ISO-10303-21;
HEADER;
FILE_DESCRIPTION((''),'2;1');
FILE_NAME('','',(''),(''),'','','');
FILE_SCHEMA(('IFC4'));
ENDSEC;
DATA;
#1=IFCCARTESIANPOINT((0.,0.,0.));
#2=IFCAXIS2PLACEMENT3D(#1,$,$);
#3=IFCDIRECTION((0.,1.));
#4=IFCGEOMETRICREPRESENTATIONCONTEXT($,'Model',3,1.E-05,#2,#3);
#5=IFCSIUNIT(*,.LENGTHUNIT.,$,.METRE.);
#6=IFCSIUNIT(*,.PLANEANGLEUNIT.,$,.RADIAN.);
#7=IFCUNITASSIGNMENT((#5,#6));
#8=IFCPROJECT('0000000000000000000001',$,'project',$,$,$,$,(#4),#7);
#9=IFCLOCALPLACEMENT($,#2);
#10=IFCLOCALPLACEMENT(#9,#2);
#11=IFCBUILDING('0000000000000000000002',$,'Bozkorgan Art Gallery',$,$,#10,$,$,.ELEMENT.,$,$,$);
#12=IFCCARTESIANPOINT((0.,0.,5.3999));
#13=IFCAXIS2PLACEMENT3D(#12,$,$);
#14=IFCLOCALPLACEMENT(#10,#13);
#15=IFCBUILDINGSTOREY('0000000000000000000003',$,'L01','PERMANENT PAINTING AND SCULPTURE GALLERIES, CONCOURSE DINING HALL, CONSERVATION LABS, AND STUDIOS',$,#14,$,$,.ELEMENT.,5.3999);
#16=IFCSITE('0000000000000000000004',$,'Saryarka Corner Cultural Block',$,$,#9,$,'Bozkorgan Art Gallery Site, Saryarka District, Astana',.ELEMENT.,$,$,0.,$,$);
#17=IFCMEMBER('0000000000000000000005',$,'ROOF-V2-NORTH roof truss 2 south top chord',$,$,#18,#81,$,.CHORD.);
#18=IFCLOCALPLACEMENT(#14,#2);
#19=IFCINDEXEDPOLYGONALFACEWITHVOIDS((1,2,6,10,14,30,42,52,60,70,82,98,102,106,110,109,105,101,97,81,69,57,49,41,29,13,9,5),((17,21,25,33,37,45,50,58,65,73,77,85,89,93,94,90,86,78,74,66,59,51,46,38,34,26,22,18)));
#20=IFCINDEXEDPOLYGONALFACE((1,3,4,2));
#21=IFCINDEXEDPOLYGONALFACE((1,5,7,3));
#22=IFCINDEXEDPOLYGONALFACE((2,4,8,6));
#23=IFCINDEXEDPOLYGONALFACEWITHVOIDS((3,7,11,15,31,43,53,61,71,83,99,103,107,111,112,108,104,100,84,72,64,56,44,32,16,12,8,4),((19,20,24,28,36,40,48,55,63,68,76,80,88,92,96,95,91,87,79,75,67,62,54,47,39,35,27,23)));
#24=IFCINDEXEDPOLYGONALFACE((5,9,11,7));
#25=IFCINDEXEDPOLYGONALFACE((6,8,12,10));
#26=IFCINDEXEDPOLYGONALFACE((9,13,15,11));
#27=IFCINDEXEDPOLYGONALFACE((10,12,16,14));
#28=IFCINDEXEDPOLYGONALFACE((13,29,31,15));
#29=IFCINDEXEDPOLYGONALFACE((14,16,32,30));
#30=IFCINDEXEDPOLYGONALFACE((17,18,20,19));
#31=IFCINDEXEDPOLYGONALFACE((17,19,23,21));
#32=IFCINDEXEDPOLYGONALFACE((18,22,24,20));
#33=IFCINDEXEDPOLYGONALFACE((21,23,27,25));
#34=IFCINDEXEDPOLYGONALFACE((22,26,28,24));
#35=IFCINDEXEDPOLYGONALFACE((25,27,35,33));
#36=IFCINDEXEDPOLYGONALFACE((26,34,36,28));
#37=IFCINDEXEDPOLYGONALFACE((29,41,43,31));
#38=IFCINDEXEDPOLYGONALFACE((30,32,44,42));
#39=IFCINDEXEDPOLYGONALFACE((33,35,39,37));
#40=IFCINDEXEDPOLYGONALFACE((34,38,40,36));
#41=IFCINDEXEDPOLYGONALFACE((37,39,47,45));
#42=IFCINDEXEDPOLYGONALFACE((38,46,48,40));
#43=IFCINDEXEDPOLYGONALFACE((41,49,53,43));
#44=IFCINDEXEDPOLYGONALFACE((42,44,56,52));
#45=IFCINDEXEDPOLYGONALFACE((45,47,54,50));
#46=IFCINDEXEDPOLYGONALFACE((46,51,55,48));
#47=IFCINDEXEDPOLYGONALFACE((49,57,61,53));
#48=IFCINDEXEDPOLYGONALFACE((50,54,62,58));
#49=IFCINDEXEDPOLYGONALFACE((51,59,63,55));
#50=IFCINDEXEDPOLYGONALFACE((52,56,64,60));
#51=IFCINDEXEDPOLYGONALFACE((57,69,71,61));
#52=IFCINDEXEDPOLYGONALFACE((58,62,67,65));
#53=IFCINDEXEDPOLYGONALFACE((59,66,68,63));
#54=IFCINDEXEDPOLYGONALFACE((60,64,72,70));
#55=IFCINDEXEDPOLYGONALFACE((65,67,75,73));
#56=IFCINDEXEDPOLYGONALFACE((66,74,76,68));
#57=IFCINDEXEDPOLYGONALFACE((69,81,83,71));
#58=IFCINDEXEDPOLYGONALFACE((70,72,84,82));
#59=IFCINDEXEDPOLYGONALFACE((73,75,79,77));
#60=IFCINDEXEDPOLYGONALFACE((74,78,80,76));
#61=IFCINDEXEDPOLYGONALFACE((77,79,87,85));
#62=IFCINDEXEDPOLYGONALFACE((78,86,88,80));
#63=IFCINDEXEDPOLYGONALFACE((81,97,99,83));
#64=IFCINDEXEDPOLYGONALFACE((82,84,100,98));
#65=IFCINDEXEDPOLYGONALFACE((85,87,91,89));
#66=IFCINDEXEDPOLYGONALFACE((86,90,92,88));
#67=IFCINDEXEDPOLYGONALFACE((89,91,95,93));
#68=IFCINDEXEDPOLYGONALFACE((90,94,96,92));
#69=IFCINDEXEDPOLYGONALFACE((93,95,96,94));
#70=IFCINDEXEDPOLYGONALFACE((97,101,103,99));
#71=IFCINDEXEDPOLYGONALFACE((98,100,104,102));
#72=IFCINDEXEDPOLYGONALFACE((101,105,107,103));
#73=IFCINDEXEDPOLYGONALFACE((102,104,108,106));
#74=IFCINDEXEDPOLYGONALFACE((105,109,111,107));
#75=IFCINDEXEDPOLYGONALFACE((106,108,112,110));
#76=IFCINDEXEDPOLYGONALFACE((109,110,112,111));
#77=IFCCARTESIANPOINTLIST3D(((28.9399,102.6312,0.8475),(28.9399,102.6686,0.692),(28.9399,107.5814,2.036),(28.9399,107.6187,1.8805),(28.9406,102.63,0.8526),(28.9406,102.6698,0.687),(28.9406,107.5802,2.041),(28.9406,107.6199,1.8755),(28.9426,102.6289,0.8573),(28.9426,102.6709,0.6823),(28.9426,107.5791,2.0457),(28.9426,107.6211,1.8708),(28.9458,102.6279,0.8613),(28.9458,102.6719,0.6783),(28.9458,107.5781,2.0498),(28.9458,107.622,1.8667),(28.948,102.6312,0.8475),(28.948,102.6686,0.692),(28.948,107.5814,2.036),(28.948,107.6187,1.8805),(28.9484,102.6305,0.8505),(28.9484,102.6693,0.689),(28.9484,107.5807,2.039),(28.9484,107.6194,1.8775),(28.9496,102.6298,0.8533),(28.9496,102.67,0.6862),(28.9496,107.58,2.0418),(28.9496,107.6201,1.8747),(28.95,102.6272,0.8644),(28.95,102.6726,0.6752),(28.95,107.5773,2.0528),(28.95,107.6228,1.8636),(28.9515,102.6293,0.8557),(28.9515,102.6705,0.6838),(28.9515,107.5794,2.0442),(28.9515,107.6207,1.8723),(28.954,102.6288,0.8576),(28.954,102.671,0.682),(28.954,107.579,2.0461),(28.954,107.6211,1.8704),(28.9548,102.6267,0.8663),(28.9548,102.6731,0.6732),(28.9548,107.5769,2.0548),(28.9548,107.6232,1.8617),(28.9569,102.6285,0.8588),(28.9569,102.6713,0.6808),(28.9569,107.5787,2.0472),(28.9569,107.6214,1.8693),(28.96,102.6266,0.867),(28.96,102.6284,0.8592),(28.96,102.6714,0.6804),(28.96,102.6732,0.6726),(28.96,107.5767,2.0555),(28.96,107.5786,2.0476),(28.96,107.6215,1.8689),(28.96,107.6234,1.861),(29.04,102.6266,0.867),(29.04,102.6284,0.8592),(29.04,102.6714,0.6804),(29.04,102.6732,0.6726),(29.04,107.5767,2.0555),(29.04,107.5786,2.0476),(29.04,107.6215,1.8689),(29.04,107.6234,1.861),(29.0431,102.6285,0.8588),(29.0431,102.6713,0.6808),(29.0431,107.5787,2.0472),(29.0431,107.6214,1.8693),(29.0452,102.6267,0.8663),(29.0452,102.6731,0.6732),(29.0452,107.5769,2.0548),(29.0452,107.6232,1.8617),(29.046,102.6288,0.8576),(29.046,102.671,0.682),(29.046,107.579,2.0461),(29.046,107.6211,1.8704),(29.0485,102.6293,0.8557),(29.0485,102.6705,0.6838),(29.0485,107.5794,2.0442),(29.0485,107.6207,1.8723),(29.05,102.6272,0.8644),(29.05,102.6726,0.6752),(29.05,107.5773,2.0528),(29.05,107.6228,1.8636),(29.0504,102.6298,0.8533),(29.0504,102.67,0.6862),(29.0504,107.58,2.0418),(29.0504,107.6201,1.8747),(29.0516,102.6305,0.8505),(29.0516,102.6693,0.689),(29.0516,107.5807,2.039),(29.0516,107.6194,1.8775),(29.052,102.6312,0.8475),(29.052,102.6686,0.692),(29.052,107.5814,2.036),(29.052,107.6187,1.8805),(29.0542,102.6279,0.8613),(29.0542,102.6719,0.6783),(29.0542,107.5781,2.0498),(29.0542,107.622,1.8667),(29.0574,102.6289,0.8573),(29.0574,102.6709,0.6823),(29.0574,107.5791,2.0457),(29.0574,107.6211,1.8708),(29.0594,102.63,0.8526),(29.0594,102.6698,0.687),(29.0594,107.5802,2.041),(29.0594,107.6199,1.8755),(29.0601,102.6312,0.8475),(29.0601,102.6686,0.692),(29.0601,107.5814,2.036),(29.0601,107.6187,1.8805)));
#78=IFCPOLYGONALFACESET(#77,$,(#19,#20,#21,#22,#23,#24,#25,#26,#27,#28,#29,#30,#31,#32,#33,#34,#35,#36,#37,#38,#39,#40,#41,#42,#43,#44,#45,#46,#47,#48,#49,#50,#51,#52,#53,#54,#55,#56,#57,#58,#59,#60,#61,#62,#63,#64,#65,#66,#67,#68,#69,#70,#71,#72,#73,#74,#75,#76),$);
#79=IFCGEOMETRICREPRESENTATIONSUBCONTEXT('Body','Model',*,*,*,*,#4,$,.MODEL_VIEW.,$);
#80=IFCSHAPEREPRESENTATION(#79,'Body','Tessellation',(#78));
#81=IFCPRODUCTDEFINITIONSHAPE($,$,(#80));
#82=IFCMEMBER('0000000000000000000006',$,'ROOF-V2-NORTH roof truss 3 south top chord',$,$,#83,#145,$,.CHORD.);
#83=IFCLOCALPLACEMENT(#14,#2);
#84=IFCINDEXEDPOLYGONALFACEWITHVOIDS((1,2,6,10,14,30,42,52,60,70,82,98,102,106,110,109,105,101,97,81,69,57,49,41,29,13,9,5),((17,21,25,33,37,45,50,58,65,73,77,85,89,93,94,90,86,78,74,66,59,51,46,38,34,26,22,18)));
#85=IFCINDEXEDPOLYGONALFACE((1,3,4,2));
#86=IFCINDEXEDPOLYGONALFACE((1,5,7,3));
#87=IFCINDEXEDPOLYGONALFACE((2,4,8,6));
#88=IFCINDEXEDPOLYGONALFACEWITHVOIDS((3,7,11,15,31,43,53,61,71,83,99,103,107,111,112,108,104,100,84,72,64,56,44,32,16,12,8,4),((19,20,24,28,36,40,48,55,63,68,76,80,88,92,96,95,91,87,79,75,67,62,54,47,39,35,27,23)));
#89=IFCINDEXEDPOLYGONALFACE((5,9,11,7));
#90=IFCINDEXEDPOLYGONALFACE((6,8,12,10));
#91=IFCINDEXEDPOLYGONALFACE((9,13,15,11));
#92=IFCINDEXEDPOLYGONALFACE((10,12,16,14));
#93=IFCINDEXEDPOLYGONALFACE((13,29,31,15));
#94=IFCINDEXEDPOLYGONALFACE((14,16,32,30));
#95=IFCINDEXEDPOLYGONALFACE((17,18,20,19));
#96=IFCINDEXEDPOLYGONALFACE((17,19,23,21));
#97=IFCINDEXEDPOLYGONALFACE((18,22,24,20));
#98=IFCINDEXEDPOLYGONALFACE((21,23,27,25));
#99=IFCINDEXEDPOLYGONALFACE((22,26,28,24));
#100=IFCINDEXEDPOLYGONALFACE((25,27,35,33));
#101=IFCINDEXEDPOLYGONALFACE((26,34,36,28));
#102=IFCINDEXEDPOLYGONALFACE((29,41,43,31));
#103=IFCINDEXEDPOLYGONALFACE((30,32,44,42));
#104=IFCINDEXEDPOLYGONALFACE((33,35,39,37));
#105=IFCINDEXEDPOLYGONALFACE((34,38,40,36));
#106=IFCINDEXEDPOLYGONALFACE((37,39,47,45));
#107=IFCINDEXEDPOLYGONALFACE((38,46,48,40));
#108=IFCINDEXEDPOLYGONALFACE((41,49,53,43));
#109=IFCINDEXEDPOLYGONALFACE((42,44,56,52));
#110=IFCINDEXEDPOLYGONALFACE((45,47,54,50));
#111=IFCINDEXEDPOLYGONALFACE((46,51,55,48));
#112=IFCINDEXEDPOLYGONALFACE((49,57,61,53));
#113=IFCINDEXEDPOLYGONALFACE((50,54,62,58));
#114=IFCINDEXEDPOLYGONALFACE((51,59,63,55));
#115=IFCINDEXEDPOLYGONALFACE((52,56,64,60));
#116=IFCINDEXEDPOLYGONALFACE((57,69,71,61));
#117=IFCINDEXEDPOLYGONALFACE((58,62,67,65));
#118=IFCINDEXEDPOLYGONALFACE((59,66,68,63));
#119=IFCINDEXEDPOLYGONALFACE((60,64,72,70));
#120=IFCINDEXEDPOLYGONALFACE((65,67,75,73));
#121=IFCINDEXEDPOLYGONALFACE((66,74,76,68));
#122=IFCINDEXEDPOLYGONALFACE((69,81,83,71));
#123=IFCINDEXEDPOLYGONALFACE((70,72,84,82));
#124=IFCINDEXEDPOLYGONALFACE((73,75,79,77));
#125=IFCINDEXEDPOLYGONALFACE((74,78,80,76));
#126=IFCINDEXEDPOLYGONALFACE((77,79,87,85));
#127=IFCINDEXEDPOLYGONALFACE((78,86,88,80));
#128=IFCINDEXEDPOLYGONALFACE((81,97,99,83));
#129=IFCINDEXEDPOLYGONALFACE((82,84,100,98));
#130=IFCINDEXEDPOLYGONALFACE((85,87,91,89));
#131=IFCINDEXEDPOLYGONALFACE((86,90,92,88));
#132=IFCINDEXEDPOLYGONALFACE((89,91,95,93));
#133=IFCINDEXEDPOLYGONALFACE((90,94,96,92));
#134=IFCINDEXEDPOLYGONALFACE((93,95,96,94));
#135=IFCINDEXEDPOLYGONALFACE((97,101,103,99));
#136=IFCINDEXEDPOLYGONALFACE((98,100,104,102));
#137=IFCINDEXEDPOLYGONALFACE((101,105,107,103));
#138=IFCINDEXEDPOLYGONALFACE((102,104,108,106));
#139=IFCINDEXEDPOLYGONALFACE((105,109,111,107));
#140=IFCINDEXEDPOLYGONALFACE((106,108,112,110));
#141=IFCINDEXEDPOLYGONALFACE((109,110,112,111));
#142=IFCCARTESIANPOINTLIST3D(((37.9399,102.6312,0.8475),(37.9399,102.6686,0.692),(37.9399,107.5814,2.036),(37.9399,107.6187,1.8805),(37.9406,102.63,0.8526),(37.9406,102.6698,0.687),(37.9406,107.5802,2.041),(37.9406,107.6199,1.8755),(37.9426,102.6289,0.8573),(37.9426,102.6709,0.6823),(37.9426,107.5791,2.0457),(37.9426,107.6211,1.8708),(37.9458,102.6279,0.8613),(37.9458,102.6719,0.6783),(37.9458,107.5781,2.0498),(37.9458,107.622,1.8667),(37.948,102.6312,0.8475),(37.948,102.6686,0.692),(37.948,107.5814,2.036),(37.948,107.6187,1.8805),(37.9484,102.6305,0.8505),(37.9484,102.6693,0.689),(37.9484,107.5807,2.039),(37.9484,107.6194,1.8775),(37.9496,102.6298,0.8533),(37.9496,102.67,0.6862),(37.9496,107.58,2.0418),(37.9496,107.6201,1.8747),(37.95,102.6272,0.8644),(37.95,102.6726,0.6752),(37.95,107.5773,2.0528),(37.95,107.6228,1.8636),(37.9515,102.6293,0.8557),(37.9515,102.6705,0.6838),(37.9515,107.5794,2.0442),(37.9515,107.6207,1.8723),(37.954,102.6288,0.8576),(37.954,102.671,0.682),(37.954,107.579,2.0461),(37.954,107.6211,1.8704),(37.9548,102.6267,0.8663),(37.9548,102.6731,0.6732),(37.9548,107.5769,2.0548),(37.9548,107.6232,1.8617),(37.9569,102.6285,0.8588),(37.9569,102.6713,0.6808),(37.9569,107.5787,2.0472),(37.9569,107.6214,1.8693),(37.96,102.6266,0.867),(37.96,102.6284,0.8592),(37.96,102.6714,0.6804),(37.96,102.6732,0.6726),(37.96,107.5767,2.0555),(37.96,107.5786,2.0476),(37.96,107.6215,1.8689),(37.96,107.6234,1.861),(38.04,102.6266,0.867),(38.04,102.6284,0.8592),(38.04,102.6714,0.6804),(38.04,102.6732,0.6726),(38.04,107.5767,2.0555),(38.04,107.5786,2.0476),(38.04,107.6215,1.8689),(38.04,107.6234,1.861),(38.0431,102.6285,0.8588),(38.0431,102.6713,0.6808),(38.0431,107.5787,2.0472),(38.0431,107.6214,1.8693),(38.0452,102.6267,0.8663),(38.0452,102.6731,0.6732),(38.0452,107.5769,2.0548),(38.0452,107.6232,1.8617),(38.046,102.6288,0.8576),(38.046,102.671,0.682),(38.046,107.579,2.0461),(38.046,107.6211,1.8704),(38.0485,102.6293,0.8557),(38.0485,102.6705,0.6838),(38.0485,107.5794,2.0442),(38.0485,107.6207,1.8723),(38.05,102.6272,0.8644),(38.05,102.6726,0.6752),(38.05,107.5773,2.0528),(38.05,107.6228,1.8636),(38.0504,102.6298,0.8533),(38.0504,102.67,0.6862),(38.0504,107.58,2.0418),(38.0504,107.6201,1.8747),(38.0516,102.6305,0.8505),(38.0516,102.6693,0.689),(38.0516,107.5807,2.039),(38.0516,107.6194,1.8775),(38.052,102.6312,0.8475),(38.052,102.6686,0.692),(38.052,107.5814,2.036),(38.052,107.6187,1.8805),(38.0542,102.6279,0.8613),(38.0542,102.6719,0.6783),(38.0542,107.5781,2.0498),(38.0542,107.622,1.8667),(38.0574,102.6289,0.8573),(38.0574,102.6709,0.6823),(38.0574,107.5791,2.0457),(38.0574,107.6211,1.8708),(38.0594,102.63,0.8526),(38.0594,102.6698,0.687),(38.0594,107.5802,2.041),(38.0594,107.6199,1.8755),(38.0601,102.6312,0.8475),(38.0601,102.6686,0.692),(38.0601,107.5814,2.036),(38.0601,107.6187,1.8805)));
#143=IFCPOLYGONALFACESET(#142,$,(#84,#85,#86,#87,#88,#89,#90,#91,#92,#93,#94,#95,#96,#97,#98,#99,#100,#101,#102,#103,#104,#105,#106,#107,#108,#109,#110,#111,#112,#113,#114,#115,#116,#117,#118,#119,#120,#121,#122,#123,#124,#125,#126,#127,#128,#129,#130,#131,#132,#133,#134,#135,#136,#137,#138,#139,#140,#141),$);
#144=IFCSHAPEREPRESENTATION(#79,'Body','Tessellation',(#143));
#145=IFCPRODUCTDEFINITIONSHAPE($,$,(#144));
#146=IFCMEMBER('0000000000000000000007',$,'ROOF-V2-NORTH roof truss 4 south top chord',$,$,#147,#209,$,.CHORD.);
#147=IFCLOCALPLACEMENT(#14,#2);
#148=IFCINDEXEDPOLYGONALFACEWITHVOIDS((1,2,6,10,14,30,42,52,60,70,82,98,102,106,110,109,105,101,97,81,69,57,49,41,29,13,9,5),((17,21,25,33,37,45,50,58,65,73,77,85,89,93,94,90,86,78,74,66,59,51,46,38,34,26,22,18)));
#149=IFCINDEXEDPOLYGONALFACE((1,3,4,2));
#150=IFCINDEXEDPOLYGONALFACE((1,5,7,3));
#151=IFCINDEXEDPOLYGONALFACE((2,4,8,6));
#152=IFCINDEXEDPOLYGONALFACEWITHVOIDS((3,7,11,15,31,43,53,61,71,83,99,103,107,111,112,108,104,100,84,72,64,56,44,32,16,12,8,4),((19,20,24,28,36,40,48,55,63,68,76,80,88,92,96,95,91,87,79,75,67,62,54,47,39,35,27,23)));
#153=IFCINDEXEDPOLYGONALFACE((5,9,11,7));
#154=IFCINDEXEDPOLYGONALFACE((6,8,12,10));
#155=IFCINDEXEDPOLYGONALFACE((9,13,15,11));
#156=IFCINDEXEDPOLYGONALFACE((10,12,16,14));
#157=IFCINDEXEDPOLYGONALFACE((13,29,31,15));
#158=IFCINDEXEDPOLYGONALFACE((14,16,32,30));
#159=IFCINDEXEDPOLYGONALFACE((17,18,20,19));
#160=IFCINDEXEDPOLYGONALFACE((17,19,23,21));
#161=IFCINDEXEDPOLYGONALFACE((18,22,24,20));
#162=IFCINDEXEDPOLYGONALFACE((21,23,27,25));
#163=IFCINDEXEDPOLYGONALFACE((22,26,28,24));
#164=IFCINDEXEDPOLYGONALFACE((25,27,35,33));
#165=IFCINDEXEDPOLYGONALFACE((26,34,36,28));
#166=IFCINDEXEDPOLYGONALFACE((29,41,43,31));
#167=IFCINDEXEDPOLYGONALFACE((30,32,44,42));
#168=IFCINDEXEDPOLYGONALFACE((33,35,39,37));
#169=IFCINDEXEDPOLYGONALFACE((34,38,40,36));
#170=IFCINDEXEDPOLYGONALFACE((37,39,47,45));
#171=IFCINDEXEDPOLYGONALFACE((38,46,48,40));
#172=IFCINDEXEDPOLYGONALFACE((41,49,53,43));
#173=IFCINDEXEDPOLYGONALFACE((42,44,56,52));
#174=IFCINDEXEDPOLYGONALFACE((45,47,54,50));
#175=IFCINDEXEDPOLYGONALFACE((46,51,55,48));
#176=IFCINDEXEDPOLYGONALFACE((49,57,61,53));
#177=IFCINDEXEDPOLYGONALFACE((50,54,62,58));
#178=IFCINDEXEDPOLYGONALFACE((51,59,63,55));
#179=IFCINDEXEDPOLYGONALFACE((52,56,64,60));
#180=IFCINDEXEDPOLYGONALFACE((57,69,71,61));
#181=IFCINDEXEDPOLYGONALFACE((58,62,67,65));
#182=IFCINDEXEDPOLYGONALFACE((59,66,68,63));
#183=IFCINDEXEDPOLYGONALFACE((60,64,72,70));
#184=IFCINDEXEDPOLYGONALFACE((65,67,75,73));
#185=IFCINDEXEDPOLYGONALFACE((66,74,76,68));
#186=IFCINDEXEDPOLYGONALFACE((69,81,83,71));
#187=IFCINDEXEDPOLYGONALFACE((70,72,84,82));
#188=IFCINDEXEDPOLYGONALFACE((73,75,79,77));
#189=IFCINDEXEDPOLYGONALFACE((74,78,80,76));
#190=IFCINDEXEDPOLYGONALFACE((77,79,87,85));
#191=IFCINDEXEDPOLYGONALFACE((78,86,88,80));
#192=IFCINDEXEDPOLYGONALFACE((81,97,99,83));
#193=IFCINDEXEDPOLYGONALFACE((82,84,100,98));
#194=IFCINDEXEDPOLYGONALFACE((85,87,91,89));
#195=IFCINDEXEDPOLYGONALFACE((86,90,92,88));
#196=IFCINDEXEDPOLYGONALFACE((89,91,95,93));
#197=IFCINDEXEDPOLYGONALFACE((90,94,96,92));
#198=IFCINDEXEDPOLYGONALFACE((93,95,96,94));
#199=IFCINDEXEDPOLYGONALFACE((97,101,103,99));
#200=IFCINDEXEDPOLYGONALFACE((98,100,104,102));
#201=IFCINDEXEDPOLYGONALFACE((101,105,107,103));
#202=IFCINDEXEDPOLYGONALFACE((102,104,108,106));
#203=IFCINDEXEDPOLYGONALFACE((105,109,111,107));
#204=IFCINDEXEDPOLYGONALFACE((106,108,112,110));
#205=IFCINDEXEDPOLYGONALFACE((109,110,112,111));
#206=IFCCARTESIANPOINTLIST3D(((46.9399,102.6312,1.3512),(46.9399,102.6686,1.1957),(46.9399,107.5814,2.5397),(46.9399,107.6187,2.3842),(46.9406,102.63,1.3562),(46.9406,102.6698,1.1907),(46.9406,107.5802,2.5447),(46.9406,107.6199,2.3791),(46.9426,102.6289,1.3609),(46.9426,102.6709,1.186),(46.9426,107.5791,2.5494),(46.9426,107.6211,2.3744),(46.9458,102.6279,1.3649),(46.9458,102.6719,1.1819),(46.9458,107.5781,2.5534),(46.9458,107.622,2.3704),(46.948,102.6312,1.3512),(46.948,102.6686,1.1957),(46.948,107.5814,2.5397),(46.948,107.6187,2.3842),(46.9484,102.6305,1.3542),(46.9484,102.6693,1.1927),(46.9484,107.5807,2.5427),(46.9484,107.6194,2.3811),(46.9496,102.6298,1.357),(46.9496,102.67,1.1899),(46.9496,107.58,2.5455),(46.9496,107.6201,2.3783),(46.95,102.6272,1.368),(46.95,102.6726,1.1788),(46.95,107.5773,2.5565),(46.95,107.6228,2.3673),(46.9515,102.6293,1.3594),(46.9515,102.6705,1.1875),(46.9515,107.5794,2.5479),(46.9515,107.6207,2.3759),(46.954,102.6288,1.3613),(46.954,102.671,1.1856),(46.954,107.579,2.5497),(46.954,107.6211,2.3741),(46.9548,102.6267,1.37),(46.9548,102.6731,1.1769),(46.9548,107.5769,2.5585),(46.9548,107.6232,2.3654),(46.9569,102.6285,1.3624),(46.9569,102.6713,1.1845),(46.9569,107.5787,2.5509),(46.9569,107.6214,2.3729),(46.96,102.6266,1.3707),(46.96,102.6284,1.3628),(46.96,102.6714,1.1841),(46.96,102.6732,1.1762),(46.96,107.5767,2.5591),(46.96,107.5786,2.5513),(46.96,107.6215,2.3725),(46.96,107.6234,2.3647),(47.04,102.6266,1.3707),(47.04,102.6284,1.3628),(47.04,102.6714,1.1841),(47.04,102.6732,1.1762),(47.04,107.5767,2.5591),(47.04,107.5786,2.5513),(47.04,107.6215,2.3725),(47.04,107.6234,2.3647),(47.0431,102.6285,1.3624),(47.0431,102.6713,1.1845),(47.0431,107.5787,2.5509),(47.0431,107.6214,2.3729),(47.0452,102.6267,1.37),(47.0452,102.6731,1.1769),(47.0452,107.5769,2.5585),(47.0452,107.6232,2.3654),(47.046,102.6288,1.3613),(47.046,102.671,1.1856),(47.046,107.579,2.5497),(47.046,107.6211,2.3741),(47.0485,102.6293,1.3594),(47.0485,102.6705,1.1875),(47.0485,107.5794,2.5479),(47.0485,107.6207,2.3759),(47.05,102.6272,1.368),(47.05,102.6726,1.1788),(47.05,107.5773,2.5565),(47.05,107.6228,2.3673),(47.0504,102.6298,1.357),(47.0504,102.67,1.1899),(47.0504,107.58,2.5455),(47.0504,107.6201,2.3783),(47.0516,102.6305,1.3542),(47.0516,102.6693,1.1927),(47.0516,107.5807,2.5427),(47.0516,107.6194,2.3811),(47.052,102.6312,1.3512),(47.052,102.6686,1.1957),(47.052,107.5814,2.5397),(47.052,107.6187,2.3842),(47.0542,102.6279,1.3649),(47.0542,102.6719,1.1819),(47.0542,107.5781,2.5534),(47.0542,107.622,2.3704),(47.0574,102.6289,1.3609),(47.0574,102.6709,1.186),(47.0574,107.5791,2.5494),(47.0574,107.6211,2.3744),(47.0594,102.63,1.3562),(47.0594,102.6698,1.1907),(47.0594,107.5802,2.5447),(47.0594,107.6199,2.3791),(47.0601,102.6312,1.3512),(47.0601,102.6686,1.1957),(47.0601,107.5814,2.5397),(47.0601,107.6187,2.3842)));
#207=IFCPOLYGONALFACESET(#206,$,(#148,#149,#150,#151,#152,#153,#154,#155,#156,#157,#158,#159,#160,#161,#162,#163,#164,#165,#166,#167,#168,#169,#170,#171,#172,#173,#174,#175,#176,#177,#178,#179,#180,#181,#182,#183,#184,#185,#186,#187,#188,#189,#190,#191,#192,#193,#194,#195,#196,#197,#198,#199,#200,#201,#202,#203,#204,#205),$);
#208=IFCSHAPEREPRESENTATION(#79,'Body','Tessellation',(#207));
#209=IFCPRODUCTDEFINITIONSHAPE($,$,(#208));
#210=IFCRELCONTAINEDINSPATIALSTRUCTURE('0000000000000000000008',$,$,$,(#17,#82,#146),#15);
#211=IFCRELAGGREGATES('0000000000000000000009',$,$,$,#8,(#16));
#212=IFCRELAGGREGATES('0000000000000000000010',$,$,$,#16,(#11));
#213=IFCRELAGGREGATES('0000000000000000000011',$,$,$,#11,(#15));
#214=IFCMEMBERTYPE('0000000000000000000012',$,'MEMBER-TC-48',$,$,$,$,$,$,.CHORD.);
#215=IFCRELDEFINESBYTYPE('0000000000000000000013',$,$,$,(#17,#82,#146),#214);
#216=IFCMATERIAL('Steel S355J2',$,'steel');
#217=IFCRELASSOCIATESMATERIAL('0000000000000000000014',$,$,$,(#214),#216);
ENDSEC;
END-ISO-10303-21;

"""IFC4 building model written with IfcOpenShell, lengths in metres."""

from ifc_helpers import new_model, si_unit, direction, frame, origin, origin_2d, place, context, subcontext, project, spatial, hollow_rectangle, extrude, material, material_profile, profile_set, type_object, element, save


model = new_model("IFC4")

# Units and contexts
model_context = context("Model", 3, precision=1e-05, world=origin(), true_north=direction((0.0, 1.0)))
body_context = subcontext(model_context, "Body", "Model", "MODEL_VIEW")
ifc_project = project(units=[si_unit("LENGTHUNIT", "METRE"), si_unit("PLANEANGLEUNIT", "RADIAN")], contexts=[model_context])

# Site, building, storey
site_placement = place(None, origin())
site = spatial("IfcSite", under=ifc_project, at=site_placement, Name="Saryarka Corner Cultural Block", LongName="Bozkorgan Art Gallery Site, Saryarka District, Astana", CompositionType="ELEMENT", RefElevation=0.0)
building_placement = place(site_placement, origin())
building = spatial("IfcBuilding", under=site, at=building_placement, Name="Bozkorgan Art Gallery", CompositionType="ELEMENT")
storey_placement = place(building_placement, frame((0.0, 0.0, 5.3999)))
storey = spatial("IfcBuildingStorey", under=building, at=storey_placement, Name="L01", Description="PERMANENT PAINTING AND SCULPTURE GALLERIES, CONCOURSE DINING HALL, CONSERVATION LABS, AND STUDIOS", CompositionType="ELEMENT", Elevation=5.3999)

# Shared definitions
ifc_material_1 = material(Name="Steel S355J2", Category="steel")

# Members
ifc_material_profile_1 = material_profile(ifc_material_1, hollow_rectangle(XDim=0.1201, YDim=0.2, WallThickness=0.0081, InnerFilletRadius=0.012, OuterFilletRadius=0.02, at=origin_2d()), Name="RHS 200x120x8")
ifc_profile_set_1 = profile_set([ifc_material_profile_1], Name="Steel S355J2")
member_type_1 = type_object("IfcMemberType", Name="MEMBER-TC-48", PredefinedType="CHORD", material=ifc_profile_set_1)
for number, where, z_axis, x_axis, name in (
    (1, (29.0, 102.6499, 0.7698), (0.0, 0.972368, 0.233453), (-1.0, 0.0, 0.0), "ROOF-V2-NORTH roof truss 2 south top chord"),
    (2, (38.0, 102.6499, 0.7698), (0.0, 0.972368, 0.233453), (-1.0, 0.0, 0.0), "ROOF-V2-NORTH roof truss 3 south top chord"),
    (3, (47.0, 102.6499, 1.2734), (0.0, 0.972368, 0.233453), (-1.0, 0.0, 0.0), "ROOF-V2-NORTH roof truss 4 south top chord"),
):
    element("IfcMember", number, at=place(storey_placement, frame(where, z_axis=z_axis, x_axis=x_axis)), inside=storey, type_object=member_type_1, Name=name, PredefinedType="CHORD", context=body_context, shape_type="SweptSolid", body=[
        extrude(hollow_rectangle(XDim=0.1201, YDim=0.2, WallThickness=0.0081, InnerFilletRadius=0.012, OuterFilletRadius=0.02, at=origin_2d()), origin(), (0.0, 0.0, 1.0), 5.0908),
    ])

save(model, "model.ifc")
